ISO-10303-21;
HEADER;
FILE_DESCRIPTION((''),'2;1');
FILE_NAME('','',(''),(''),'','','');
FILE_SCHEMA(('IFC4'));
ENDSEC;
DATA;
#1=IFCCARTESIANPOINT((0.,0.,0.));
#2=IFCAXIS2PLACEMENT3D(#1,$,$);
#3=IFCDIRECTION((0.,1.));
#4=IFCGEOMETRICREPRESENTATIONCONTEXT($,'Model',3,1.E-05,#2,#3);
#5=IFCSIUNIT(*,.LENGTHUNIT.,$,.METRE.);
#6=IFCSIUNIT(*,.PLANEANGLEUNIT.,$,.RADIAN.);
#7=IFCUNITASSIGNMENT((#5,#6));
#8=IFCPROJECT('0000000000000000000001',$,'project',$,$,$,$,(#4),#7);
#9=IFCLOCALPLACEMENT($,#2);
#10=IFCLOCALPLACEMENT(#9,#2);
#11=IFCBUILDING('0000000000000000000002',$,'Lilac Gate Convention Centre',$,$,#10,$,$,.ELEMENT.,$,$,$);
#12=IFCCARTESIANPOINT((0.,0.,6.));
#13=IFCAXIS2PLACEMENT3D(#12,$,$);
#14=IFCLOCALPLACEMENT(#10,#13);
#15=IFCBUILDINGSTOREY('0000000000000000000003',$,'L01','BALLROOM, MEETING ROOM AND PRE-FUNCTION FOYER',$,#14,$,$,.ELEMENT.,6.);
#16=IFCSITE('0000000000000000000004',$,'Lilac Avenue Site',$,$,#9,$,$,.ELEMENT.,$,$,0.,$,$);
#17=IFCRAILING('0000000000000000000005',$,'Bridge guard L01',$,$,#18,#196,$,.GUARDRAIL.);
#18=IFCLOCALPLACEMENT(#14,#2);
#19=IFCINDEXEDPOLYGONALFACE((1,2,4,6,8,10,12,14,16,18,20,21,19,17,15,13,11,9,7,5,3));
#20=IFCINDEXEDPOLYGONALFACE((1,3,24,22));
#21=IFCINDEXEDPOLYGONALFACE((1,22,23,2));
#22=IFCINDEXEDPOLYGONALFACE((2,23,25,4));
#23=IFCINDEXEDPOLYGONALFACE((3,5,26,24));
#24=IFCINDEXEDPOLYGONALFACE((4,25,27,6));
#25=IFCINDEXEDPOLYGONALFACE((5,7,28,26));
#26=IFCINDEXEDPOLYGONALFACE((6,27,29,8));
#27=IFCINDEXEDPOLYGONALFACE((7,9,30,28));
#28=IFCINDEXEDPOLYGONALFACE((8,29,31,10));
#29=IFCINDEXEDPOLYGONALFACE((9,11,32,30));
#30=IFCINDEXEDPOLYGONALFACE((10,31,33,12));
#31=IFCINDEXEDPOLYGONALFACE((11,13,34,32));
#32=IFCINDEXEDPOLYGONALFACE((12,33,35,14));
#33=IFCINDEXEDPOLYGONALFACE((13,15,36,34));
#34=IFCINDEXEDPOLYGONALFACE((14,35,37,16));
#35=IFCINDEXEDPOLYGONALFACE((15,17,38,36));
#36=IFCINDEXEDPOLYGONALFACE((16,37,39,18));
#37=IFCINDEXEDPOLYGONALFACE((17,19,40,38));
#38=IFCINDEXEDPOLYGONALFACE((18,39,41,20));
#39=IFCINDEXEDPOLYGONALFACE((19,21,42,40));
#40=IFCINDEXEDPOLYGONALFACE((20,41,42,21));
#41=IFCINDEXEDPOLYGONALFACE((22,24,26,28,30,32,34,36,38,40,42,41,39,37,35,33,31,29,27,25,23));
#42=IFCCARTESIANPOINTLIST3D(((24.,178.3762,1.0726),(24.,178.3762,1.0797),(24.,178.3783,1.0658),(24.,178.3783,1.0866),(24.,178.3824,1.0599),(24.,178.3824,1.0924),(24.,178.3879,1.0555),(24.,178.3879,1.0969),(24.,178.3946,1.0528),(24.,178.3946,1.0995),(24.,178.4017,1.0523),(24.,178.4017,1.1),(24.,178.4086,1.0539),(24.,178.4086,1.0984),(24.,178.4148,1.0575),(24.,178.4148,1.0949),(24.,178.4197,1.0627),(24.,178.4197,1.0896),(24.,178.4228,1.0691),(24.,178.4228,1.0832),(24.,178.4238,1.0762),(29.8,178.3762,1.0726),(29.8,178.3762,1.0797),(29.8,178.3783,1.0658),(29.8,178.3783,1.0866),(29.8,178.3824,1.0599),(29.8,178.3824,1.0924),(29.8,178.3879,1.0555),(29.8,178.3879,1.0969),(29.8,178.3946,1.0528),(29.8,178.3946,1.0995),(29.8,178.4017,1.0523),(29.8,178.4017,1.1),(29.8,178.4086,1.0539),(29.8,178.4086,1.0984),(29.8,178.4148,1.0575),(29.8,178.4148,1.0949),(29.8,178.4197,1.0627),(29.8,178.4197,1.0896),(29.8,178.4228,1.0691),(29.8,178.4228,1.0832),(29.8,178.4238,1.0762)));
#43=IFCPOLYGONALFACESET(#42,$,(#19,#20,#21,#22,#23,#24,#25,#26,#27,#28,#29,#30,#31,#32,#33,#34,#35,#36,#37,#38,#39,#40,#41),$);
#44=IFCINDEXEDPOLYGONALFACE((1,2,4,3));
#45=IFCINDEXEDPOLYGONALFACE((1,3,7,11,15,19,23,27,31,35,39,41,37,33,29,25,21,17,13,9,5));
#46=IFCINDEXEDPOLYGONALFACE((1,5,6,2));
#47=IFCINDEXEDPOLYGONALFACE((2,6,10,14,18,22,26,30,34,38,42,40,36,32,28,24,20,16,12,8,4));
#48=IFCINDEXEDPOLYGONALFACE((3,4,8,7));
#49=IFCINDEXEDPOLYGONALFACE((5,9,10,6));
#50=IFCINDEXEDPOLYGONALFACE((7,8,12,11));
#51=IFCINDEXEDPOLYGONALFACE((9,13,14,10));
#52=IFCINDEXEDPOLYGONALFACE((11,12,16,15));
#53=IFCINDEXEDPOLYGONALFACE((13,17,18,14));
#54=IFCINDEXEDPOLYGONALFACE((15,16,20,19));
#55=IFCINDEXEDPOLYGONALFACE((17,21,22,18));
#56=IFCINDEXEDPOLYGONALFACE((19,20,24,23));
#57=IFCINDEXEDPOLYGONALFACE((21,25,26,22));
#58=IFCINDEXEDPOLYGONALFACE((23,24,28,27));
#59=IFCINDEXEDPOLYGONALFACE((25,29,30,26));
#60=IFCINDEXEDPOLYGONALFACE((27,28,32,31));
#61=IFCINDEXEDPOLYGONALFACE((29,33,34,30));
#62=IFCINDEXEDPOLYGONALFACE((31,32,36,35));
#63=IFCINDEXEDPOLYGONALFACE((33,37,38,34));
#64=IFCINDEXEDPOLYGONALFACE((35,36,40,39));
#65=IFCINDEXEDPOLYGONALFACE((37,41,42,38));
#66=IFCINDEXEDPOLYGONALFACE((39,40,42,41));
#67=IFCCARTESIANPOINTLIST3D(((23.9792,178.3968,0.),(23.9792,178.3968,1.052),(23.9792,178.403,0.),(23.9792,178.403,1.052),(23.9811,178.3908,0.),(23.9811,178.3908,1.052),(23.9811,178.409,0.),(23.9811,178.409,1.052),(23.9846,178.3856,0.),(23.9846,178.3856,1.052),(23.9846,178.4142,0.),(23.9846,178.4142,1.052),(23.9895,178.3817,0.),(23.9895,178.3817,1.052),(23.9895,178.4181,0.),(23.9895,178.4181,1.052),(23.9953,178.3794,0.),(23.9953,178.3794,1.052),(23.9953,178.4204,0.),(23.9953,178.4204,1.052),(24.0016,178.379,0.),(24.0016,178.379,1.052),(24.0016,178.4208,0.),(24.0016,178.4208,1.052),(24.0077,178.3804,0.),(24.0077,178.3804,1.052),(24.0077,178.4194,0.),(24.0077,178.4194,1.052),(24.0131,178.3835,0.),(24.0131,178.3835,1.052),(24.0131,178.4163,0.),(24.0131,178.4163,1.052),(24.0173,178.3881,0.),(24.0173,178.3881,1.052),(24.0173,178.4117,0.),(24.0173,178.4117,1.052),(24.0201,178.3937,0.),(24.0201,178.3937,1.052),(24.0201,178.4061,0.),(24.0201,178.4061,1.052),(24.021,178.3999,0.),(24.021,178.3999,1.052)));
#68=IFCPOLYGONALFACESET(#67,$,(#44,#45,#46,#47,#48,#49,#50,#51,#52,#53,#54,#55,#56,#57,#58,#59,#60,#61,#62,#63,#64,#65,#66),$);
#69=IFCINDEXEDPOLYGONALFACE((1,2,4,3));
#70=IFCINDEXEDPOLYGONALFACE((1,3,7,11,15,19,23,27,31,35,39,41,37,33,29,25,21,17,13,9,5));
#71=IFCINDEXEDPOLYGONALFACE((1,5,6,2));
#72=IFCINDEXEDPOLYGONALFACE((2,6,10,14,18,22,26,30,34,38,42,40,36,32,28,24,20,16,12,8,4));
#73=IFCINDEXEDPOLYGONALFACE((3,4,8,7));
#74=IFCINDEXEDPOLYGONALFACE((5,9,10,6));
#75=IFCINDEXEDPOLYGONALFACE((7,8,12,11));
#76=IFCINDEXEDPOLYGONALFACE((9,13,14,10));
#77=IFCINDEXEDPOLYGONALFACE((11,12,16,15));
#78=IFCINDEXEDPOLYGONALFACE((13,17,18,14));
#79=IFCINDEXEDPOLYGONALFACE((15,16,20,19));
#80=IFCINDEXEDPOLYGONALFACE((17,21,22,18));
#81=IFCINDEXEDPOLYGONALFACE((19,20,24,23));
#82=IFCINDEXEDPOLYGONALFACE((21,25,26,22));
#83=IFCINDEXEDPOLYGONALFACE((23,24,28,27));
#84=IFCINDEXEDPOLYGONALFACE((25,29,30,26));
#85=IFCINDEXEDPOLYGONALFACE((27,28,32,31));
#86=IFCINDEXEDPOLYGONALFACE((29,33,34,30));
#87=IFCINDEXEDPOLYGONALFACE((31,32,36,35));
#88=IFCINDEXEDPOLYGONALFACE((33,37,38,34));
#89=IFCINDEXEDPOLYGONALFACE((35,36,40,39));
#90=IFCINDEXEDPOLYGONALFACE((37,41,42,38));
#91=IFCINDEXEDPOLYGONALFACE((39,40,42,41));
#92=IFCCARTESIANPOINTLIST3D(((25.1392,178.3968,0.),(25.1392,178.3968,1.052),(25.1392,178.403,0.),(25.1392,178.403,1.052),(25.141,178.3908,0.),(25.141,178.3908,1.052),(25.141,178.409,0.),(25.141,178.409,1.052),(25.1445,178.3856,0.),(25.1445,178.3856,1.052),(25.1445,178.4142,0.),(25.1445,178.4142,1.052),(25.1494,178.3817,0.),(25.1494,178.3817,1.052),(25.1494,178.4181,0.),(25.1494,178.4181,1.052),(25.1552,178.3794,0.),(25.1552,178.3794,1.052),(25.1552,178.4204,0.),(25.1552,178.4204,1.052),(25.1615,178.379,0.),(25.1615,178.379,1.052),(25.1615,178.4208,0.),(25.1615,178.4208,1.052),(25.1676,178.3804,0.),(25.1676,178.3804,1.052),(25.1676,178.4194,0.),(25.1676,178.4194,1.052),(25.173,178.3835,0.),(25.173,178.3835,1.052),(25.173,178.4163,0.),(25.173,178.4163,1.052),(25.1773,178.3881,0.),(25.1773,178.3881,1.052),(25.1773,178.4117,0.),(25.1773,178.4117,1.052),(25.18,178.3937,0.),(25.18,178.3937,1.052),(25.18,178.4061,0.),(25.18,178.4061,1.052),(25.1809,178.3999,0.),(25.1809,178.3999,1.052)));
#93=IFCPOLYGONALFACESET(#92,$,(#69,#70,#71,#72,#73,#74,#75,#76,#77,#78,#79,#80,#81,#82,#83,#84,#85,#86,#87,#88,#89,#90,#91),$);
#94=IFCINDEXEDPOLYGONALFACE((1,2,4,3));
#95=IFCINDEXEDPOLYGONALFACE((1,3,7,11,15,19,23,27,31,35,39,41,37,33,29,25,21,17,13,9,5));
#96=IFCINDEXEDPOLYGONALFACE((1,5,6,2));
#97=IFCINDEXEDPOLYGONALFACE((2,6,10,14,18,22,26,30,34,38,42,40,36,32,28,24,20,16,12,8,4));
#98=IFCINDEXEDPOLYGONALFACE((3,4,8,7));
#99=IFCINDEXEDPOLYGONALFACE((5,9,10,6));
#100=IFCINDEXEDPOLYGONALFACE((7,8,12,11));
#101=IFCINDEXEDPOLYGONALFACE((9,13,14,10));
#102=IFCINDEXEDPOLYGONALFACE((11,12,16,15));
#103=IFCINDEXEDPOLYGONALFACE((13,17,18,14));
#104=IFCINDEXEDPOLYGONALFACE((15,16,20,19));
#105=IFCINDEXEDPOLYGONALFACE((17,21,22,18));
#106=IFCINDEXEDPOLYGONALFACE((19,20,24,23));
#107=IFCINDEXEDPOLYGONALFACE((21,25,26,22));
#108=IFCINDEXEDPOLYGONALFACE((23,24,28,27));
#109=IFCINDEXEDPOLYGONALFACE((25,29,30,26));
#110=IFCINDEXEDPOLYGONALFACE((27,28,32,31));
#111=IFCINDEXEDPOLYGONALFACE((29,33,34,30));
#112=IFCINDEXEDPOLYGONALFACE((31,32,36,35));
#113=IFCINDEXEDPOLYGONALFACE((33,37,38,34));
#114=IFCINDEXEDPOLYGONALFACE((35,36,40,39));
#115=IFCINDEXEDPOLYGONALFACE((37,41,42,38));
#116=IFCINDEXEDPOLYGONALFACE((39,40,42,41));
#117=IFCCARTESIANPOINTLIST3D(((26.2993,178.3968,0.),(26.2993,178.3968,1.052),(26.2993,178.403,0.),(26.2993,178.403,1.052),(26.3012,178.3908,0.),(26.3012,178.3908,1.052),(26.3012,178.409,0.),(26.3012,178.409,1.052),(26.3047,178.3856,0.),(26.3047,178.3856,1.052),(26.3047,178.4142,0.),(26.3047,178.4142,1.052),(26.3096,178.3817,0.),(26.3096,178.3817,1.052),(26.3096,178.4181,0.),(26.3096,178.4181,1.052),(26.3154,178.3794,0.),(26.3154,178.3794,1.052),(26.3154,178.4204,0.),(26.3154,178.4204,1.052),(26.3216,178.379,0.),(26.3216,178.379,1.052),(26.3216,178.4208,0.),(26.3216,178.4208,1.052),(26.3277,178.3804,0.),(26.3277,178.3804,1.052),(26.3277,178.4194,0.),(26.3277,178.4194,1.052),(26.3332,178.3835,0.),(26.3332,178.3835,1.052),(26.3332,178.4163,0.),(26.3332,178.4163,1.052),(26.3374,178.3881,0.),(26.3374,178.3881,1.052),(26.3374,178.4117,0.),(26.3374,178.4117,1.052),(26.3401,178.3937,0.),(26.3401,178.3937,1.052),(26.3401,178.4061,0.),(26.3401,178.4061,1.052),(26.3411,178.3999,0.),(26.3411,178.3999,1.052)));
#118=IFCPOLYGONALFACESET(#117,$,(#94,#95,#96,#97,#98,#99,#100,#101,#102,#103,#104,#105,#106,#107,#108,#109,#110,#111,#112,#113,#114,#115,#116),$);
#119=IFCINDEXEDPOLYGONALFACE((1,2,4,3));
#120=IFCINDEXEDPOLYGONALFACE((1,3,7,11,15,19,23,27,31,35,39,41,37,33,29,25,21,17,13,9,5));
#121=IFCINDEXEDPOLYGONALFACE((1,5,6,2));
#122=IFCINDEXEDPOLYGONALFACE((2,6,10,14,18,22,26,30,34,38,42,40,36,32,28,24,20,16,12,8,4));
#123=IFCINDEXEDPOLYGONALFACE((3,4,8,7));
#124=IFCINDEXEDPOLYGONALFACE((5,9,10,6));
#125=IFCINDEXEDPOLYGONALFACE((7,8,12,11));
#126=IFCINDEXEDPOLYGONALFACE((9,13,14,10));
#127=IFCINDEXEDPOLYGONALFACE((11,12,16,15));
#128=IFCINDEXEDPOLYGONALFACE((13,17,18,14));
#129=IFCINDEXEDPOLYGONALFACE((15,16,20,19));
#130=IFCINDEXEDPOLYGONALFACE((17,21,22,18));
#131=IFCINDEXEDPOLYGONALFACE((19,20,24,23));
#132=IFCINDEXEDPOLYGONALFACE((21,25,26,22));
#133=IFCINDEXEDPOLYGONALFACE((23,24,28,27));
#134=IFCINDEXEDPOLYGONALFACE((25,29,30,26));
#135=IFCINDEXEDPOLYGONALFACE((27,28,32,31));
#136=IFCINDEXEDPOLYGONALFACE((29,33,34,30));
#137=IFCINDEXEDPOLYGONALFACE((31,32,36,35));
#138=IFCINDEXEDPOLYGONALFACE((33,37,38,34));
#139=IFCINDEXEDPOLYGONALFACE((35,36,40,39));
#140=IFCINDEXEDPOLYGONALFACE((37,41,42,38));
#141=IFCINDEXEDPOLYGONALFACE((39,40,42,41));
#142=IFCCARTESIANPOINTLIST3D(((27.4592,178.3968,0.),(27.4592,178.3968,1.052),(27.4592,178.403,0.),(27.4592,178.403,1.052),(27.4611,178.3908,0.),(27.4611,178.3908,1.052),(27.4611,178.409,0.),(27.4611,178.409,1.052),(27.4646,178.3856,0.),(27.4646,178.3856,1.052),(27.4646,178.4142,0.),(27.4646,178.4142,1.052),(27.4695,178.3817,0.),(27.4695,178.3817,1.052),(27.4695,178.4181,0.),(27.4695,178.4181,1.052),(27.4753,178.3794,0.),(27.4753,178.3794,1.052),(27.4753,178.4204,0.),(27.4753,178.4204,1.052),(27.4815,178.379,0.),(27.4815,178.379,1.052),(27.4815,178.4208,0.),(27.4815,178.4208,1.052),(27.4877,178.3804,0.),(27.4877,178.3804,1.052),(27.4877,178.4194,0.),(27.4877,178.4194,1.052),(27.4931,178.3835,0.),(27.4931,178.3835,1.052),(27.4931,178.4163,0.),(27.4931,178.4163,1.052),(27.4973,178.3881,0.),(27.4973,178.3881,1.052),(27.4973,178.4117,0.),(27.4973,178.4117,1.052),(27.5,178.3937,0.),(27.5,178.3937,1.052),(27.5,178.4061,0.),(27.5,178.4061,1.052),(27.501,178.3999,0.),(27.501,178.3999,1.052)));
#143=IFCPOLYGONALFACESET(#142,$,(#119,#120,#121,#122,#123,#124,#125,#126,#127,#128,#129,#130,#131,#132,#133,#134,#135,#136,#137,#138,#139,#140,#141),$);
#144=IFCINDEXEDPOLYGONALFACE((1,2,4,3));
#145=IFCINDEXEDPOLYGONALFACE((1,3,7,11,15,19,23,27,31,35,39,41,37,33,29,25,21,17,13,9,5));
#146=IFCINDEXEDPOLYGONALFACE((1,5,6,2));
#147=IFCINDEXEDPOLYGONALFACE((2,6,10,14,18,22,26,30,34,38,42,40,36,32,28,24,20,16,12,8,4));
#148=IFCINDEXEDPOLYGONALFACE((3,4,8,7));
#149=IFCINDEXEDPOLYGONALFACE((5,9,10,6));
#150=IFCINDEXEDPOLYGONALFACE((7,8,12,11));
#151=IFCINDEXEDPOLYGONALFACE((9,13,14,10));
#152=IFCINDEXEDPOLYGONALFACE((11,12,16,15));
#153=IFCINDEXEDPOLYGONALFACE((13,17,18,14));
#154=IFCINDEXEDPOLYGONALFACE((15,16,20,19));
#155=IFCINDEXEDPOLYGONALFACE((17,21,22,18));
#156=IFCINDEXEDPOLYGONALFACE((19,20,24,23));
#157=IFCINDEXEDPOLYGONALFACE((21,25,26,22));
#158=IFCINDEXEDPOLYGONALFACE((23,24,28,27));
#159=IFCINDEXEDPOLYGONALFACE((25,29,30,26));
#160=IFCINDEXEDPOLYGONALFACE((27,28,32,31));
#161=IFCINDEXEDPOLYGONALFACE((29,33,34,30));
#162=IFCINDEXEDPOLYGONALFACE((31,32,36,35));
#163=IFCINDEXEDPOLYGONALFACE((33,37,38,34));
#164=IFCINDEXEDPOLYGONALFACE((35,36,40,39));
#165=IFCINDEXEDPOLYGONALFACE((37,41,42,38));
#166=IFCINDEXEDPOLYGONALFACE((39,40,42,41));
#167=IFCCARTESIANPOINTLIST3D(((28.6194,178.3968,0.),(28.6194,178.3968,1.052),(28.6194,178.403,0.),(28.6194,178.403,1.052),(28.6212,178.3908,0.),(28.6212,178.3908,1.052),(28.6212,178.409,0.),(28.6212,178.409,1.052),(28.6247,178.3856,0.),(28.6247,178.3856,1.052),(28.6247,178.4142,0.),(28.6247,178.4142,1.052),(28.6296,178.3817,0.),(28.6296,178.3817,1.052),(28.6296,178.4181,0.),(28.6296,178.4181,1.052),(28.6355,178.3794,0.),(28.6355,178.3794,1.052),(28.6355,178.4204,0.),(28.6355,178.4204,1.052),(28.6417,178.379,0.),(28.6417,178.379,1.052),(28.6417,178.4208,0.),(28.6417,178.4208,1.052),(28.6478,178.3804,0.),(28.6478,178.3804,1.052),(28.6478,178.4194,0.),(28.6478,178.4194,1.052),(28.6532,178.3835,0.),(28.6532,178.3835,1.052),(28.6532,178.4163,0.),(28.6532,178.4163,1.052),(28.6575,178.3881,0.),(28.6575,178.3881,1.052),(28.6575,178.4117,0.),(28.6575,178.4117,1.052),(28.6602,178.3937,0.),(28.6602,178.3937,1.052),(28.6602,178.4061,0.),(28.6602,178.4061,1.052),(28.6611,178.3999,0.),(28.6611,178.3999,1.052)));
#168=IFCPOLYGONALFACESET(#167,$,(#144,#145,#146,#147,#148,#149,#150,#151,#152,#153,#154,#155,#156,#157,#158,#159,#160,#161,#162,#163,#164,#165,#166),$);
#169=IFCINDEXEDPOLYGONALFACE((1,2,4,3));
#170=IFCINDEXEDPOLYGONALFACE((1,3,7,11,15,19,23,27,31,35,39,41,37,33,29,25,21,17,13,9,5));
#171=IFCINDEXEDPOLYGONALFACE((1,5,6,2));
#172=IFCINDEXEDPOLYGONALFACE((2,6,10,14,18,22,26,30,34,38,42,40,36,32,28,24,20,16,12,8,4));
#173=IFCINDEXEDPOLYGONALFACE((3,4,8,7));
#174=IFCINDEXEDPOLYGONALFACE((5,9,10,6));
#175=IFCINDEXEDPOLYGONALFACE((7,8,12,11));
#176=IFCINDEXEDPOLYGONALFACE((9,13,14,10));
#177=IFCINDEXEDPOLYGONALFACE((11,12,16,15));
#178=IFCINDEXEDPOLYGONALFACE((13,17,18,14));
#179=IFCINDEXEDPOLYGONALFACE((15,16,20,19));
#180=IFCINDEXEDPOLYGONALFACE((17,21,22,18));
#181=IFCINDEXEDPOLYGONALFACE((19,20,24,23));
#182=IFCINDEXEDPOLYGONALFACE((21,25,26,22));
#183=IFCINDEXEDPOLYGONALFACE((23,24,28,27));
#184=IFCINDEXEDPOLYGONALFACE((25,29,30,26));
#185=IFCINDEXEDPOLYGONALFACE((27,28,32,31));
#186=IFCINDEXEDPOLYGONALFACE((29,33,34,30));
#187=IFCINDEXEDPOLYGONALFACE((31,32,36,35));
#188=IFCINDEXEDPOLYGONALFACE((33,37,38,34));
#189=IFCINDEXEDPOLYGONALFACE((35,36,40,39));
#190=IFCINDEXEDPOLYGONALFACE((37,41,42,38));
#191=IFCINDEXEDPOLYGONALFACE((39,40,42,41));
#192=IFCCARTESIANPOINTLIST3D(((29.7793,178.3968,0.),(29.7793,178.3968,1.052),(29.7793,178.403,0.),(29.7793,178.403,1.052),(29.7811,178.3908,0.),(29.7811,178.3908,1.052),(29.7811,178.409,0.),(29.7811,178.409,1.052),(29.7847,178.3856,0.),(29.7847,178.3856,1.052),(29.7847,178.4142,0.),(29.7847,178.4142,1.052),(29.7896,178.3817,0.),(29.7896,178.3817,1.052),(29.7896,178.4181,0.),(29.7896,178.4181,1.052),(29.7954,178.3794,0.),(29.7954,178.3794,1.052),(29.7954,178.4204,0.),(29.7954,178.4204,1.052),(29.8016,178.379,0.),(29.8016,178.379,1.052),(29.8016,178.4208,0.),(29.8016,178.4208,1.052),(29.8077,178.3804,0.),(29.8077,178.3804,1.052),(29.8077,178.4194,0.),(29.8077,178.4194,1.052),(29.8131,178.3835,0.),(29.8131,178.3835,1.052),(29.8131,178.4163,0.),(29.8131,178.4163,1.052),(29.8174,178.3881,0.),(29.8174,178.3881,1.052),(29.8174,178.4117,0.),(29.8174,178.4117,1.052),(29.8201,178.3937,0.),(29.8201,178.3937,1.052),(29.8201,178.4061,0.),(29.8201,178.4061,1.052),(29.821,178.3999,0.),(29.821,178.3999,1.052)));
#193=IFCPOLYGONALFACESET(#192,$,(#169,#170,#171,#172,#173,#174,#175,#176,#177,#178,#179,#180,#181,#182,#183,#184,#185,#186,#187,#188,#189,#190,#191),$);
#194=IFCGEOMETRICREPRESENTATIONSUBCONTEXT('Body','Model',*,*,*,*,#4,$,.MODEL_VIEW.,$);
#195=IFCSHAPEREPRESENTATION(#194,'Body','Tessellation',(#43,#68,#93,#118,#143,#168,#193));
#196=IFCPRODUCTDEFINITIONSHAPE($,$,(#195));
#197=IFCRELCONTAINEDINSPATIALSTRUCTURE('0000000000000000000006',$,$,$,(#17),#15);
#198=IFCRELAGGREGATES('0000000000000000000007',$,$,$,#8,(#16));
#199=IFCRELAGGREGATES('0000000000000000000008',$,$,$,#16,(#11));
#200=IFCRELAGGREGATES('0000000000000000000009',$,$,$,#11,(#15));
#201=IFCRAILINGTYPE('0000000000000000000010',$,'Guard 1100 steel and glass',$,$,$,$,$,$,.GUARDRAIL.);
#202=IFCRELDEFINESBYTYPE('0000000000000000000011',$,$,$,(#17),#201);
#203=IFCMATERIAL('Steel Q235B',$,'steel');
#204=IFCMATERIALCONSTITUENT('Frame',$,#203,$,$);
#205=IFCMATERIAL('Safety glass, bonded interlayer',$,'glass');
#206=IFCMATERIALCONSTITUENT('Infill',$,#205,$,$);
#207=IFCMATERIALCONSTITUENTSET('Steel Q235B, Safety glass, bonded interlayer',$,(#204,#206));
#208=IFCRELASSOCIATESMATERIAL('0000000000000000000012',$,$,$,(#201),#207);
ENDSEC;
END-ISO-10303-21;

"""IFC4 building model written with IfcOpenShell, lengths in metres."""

from ifc_helpers import new_model, si_unit, direction, frame, origin, origin_2d, place, context, subcontext, project, spatial, circle, extrude, material, constituent, constituent_set, type_object, element, save


model = new_model("IFC4")

# Units and contexts
model_context = context("Model", 3, precision=1e-05, world=origin(), true_north=direction((0.0, 1.0)))
body_context = subcontext(model_context, "Body", "Model", "MODEL_VIEW")
ifc_project = project(units=[si_unit("LENGTHUNIT", "METRE"), si_unit("PLANEANGLEUNIT", "RADIAN")], contexts=[model_context])

# Site, building, storey
site_placement = place(None, origin())
site = spatial("IfcSite", under=ifc_project, at=site_placement, Name="Lilac Avenue Site", CompositionType="ELEMENT", RefElevation=0.0)
building_placement = place(site_placement, origin())
building = spatial("IfcBuilding", under=site, at=building_placement, Name="Lilac Gate Convention Centre", CompositionType="ELEMENT")
storey_placement = place(building_placement, frame((0.0, 0.0, 6.0)))
storey = spatial("IfcBuildingStorey", under=building, at=storey_placement, Name="L01", Description="BALLROOM, MEETING ROOM AND PRE-FUNCTION FOYER", CompositionType="ELEMENT", Elevation=6.0)

# Shared definitions
ifc_material_1 = material(Name="Steel Q235B", Category="steel")

# Railing
ifc_constituent_1 = constituent(ifc_material_1, Name="Frame")
ifc_material_2 = material(Name="Safety glass, bonded interlayer", Category="glass")
ifc_constituent_2 = constituent(ifc_material_2, Name="Infill")
ifc_constituent_set = constituent_set(constituents=[ifc_constituent_1, ifc_constituent_2], Name="Steel Q235B, Safety glass, bonded interlayer")
railing_type = type_object("IfcRailingType", Name="Guard 1100 steel and glass", PredefinedType="GUARDRAIL", material=ifc_constituent_set)
for number, where, name in (
    (1, (24.0, 178.3999, 0.0), "Bridge guard L01"),
):
    element("IfcRailing", number, at=place(storey_placement, frame(where)), inside=storey, type_object=railing_type, Name=name, PredefinedType="GUARDRAIL", context=body_context, shape_type="SweptSolid", body=[
        extrude(circle(Radius=0.0239, at=origin_2d()), frame((0.0, 0.0, 1.0762), z_axis=(1.0, 0.0, 0.0), x_axis=(0.0, 1.0, 0.0)), (0.0, 0.0, 1.0), 5.8),
        extrude(circle(Radius=0.021, at=origin_2d()), origin(), (0.0, 0.0, 1.0), 1.052),
        extrude(circle(Radius=0.021, at=origin_2d()), frame((1.1599, 0.0, 0.0)), (0.0, 0.0, 1.0), 1.052),
        extrude(circle(Radius=0.021, at=origin_2d()), frame((2.3201, 0.0, 0.0)), (0.0, 0.0, 1.0), 1.052),
        extrude(circle(Radius=0.021, at=origin_2d()), frame((3.48, 0.0, 0.0)), (0.0, 0.0, 1.0), 1.052),
        extrude(circle(Radius=0.021, at=origin_2d()), frame((4.6401, 0.0, 0.0)), (0.0, 0.0, 1.0), 1.052),
        extrude(circle(Radius=0.021, at=origin_2d()), frame((5.8, 0.0, 0.0)), (0.0, 0.0, 1.0), 1.052),
    ])

save(model, "model.ifc")
